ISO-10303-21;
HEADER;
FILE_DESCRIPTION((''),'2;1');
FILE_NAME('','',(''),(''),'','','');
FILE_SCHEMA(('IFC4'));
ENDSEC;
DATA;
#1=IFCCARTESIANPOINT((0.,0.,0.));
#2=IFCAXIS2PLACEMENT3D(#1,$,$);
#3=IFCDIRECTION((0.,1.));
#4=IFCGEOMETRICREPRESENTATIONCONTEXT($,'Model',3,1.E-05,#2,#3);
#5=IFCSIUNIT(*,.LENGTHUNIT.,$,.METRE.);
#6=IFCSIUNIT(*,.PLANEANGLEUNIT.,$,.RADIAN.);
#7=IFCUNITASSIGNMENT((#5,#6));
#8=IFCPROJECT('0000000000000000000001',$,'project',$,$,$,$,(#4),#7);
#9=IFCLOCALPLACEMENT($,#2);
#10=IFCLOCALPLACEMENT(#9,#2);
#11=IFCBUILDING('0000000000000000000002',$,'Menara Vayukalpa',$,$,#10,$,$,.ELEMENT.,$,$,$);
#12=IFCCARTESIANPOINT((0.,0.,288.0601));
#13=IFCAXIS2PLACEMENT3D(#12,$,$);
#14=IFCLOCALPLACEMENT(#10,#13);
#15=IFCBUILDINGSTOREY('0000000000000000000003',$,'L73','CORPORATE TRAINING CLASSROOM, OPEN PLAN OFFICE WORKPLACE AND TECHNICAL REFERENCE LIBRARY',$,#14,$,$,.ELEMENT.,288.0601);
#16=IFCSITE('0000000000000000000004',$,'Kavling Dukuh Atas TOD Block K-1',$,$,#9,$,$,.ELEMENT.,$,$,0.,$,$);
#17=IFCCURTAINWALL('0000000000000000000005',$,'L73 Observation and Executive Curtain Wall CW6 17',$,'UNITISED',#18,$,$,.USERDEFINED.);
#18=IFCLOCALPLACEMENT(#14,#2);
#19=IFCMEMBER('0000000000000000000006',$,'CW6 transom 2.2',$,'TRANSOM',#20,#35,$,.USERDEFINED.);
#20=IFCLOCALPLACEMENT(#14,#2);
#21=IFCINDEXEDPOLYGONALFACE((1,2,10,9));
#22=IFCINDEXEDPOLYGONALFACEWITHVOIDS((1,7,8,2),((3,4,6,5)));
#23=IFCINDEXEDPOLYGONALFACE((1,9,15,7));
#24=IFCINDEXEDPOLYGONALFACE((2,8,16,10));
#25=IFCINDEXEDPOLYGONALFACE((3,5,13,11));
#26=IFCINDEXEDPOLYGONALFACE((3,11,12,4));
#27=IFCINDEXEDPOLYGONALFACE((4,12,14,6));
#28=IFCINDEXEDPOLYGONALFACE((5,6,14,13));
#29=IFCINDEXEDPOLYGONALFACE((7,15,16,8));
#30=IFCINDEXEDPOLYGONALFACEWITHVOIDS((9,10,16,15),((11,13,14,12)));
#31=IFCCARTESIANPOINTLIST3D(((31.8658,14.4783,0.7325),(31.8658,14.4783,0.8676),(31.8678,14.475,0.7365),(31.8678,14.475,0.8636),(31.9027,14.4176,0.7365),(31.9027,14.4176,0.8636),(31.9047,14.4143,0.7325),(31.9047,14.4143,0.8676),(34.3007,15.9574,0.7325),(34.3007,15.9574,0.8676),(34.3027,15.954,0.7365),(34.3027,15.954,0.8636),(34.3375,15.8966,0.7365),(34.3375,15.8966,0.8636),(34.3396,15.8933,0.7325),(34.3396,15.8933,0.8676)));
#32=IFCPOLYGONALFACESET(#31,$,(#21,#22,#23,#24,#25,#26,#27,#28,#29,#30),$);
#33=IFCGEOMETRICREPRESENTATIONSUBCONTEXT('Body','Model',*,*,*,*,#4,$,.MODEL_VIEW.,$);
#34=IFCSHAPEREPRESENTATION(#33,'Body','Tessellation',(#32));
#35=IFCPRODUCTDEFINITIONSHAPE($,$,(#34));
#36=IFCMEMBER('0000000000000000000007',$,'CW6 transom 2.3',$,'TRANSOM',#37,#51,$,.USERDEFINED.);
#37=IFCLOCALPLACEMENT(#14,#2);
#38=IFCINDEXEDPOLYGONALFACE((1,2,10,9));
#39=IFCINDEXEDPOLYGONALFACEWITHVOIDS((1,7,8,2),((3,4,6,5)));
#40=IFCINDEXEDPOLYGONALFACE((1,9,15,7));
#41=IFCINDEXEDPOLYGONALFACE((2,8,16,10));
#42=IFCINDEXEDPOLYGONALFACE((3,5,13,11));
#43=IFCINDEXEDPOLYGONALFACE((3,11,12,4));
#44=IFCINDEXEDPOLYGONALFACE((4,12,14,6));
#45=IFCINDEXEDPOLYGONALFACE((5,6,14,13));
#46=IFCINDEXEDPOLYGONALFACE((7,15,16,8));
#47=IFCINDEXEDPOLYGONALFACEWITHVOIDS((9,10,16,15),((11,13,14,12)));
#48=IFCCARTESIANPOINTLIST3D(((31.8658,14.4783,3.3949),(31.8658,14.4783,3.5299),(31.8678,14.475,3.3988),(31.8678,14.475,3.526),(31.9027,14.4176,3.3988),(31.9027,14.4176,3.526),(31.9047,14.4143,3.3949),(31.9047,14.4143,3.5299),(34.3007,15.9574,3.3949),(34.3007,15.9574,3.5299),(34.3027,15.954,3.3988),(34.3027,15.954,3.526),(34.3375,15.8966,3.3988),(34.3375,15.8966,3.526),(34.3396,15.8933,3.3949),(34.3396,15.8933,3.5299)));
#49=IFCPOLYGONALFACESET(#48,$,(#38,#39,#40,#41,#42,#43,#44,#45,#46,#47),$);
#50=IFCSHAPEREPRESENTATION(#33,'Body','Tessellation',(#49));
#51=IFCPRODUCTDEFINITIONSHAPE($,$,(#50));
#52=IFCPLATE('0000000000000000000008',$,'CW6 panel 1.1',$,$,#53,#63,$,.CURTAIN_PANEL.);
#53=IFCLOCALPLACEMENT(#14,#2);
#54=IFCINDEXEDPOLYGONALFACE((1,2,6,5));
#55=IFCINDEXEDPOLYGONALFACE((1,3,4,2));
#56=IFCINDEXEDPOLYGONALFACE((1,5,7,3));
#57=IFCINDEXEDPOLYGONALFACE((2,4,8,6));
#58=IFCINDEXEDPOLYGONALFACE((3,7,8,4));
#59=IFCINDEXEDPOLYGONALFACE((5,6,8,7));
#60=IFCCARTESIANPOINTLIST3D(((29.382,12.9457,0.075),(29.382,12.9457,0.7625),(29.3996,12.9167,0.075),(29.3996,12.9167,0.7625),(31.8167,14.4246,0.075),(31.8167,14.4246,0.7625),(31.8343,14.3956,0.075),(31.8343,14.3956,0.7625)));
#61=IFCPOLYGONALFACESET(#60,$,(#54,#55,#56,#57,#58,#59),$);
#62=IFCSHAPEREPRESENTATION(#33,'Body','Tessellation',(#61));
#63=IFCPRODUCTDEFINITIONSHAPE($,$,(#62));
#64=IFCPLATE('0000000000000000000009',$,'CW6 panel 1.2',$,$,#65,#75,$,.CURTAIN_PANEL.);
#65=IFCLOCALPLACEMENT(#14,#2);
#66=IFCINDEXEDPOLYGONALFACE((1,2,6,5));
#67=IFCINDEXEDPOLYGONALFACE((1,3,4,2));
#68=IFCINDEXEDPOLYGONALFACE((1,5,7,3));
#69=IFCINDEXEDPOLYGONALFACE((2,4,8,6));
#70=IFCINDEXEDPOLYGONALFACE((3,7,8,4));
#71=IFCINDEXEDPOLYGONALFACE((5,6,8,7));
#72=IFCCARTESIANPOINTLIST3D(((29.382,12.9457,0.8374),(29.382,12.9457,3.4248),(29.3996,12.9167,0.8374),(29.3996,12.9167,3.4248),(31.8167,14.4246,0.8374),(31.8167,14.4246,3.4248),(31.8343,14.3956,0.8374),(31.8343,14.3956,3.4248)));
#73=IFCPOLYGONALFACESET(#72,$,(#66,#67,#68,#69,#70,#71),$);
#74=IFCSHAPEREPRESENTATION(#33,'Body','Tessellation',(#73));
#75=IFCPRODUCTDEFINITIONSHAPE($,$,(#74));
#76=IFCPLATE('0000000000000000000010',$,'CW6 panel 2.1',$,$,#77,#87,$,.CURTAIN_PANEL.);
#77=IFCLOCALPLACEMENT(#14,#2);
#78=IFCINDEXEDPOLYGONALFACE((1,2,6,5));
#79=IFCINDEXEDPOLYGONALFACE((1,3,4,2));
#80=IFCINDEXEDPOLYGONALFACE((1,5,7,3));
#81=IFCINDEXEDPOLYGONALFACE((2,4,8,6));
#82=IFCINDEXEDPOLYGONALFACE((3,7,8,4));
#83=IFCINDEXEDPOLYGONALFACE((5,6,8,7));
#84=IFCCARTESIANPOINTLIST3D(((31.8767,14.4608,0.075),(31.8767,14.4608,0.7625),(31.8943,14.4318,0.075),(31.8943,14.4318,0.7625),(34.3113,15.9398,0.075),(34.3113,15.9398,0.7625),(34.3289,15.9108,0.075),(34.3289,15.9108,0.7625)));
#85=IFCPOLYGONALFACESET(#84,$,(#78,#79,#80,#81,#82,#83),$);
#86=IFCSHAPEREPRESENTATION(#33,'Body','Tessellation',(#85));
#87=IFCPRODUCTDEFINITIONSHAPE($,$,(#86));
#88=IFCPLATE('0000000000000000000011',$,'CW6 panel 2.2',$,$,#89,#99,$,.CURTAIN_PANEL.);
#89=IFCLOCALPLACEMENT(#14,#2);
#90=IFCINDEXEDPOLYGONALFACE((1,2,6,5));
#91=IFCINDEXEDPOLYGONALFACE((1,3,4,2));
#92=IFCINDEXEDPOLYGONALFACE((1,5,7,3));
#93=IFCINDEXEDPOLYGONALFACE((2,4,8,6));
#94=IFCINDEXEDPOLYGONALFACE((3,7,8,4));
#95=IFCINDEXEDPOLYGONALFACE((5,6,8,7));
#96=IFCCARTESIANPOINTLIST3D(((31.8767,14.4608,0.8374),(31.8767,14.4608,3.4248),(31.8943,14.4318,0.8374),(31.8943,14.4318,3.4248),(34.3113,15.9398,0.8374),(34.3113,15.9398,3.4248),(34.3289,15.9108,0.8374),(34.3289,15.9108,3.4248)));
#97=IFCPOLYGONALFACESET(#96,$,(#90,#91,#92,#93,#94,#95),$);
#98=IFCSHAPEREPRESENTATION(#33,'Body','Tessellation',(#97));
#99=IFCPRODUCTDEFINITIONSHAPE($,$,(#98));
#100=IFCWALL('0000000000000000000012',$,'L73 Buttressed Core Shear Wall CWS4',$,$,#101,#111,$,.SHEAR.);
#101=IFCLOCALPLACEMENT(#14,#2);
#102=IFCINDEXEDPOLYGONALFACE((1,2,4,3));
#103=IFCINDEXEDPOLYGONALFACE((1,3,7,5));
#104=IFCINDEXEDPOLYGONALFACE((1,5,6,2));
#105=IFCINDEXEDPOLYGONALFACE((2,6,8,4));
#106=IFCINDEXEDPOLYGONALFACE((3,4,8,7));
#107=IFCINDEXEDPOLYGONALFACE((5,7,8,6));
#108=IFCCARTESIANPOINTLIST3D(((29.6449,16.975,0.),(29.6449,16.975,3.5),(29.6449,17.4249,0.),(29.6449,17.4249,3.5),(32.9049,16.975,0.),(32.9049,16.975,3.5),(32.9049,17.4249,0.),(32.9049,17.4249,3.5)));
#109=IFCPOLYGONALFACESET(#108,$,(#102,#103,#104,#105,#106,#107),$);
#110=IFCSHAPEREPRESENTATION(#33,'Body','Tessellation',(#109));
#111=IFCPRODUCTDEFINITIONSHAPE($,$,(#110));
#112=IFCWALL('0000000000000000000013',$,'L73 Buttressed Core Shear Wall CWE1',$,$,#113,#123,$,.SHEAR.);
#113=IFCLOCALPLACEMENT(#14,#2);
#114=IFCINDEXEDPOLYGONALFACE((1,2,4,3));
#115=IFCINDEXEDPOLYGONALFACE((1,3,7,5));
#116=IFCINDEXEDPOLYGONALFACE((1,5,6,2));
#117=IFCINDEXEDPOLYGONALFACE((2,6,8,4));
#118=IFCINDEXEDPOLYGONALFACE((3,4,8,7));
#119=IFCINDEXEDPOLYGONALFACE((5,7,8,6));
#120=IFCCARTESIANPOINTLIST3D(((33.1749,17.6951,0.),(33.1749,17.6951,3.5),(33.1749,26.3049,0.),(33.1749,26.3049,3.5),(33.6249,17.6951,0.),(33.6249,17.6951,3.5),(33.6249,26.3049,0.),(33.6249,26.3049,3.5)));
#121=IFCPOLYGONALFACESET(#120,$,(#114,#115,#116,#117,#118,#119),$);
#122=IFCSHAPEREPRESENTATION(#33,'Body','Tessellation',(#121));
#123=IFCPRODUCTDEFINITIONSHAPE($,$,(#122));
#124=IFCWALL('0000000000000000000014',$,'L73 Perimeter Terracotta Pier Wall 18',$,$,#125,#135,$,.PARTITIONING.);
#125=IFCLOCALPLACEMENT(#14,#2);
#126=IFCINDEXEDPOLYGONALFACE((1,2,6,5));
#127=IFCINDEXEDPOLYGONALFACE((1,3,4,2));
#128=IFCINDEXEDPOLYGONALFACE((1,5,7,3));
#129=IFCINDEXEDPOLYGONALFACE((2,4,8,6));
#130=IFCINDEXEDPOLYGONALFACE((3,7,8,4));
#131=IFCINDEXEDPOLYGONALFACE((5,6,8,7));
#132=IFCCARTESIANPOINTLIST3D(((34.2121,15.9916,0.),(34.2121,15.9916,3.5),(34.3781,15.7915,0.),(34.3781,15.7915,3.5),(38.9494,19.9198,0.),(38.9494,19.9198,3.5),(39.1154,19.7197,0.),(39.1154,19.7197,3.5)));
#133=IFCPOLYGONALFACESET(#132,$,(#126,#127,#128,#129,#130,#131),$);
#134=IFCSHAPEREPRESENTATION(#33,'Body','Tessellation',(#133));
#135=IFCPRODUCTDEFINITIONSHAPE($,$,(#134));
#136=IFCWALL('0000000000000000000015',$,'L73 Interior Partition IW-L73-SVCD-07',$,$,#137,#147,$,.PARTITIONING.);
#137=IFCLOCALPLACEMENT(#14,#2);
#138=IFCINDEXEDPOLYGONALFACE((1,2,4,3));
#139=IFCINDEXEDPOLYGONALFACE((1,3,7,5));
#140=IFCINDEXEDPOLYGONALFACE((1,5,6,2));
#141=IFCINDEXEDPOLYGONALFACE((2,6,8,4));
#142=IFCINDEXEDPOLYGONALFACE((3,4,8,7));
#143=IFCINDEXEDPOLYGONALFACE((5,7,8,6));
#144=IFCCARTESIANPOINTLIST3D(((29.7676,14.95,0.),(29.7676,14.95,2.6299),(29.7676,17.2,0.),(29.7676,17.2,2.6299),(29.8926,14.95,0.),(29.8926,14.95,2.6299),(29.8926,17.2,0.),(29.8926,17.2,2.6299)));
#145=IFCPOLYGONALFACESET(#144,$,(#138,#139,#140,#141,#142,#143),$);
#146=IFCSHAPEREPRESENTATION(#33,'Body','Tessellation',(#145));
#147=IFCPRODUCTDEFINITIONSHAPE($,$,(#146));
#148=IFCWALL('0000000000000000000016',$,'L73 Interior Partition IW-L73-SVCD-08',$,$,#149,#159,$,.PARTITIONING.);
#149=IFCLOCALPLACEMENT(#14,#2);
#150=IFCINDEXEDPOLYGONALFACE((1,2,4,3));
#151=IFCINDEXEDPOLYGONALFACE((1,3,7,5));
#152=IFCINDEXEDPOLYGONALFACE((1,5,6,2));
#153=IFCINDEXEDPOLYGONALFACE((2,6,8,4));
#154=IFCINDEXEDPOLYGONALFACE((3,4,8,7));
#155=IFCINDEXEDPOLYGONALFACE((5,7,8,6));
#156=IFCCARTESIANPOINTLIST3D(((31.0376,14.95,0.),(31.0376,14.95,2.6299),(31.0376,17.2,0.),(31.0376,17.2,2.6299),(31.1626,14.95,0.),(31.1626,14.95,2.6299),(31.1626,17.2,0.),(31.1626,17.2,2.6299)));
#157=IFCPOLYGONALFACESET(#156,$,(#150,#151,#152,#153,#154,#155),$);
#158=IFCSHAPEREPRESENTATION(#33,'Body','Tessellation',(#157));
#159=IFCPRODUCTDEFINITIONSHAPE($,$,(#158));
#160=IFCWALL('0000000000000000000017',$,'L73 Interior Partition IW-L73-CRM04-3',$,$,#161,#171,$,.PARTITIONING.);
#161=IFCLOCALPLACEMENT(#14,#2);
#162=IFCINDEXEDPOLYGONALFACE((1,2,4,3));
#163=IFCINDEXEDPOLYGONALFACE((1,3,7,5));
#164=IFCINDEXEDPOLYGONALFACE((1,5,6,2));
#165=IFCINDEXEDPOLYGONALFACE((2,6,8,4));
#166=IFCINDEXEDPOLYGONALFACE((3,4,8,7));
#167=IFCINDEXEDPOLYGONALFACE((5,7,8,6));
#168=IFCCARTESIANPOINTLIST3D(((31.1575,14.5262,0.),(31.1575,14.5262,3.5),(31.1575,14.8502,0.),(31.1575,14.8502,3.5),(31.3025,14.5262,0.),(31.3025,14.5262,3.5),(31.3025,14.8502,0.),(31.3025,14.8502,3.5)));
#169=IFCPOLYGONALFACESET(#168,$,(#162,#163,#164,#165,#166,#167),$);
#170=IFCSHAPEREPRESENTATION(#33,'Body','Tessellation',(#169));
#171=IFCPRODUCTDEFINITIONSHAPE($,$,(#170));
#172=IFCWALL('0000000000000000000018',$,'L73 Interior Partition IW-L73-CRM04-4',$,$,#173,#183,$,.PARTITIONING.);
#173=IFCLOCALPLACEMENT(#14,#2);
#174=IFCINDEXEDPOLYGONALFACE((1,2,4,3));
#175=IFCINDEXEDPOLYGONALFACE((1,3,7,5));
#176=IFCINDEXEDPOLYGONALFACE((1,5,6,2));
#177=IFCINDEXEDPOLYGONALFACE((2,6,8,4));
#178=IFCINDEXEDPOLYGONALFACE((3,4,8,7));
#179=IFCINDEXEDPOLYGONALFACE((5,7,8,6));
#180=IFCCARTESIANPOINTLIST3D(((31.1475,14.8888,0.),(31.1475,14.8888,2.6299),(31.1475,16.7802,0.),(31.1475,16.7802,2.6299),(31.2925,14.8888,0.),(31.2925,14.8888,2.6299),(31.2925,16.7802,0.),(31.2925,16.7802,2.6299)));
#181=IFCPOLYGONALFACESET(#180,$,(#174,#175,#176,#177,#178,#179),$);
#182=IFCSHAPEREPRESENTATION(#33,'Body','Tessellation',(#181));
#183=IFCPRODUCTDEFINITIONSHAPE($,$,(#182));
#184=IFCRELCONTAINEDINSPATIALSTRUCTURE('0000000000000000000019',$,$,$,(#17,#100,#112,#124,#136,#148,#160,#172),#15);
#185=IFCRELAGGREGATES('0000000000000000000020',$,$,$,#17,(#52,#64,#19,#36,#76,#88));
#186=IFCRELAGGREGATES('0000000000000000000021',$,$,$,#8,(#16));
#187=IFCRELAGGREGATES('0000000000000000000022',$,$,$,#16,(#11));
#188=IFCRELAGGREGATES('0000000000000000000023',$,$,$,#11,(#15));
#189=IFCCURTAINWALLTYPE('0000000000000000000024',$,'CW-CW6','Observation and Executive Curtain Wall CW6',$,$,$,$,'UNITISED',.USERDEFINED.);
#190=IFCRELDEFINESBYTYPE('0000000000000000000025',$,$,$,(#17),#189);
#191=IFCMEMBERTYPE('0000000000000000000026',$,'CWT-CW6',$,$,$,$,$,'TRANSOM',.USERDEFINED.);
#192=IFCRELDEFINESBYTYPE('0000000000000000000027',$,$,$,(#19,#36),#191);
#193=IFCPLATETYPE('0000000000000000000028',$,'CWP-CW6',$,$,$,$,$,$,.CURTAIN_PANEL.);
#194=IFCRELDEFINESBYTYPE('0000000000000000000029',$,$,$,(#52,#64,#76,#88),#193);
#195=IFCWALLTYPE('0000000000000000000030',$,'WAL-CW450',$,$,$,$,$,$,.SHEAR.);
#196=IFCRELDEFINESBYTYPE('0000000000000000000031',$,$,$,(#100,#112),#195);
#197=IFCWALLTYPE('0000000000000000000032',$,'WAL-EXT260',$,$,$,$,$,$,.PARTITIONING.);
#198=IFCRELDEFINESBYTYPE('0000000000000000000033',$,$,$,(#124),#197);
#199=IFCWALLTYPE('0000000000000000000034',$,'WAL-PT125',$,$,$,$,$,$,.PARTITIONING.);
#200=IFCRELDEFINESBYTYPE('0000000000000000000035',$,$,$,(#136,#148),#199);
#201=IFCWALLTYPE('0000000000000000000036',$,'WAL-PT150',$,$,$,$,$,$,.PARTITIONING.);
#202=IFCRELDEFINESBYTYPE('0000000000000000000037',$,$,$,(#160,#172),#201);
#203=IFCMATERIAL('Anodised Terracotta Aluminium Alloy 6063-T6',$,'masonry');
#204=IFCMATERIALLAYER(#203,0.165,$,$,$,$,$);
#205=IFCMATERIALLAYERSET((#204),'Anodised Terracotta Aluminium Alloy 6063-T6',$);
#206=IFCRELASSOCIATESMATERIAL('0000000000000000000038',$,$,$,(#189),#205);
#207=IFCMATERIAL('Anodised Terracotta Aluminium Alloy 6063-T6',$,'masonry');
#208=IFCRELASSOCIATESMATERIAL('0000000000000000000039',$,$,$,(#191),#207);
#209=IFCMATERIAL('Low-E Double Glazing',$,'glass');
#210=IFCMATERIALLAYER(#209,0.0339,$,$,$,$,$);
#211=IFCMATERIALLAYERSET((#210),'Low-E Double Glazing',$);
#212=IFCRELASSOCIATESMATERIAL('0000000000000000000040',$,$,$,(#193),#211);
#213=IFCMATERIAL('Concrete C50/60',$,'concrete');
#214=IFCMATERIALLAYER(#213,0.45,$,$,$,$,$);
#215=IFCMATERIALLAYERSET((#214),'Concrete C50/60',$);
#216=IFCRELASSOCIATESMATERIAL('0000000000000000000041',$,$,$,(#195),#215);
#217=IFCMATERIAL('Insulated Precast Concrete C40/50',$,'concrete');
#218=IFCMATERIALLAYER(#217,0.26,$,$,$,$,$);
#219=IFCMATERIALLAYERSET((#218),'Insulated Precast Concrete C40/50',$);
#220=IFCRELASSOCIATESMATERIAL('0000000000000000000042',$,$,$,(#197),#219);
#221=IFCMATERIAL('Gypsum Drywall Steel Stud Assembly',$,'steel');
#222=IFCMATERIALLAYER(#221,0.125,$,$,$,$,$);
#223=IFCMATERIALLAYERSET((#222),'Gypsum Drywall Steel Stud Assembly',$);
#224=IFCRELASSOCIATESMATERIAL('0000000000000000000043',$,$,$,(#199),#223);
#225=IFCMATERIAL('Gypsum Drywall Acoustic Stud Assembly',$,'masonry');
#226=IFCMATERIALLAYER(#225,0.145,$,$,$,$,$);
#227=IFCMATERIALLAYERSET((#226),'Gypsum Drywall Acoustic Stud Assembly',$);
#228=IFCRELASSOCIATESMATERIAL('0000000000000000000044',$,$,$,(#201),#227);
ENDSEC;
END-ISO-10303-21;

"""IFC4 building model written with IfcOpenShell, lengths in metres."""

from ifc_helpers import new_model, si_unit, direction, frame, frame_2d, origin, origin_2d, place, context, subcontext, project, spatial, rectangle, hollow_rectangle, extrude, material, layer, layer_set, material_profile, profile_set, type_object, element, aggregate, save


model = new_model("IFC4")

# Units and contexts
model_context = context("Model", 3, precision=1e-05, world=origin(), true_north=direction((0.0, 1.0)))
body_context = subcontext(model_context, "Body", "Model", "MODEL_VIEW")
ifc_project = project(units=[si_unit("LENGTHUNIT", "METRE"), si_unit("PLANEANGLEUNIT", "RADIAN")], contexts=[model_context])

# Site, building, storey
site_placement = place(None, origin())
site = spatial("IfcSite", under=ifc_project, at=site_placement, Name="Kavling Dukuh Atas TOD Block K-1", CompositionType="ELEMENT", RefElevation=0.0)
building_placement = place(site_placement, origin())
building = spatial("IfcBuilding", under=site, at=building_placement, Name="Menara Vayukalpa", CompositionType="ELEMENT")
storey_placement = place(building_placement, frame((0.0, 0.0, 288.0601)))
storey = spatial("IfcBuildingStorey", under=building, at=storey_placement, Name="L73", Description="CORPORATE TRAINING CLASSROOM, OPEN PLAN OFFICE WORKPLACE AND TECHNICAL REFERENCE LIBRARY", CompositionType="ELEMENT", Elevation=288.0601)

# Curtain wall, members, plates
ifc_material_1 = material(Name="Anodised Terracotta Aluminium Alloy 6063-T6", Category="masonry")
ifc_layer_1 = layer(ifc_material_1, 0.165)
ifc_layer_set_1 = layer_set([ifc_layer_1], Name="Anodised Terracotta Aluminium Alloy 6063-T6")
curtain_wall_type = type_object("IfcCurtainWallType", Name="CW-CW6", Description="Observation and Executive Curtain Wall CW6", ElementType="UNITISED", PredefinedType="USERDEFINED", material=ifc_layer_set_1)
curtain_wall_placement = place(storey_placement, origin())
curtain_wall = element("IfcCurtainWall", 1, at=curtain_wall_placement, inside=storey, type_object=curtain_wall_type, Name="L73 Observation and Executive Curtain Wall CW6 17", ObjectType="UNITISED", PredefinedType="USERDEFINED")
ifc_material_2 = material(Name="Anodised Terracotta Aluminium Alloy 6063-T6", Category="masonry")
ifc_material_profile_1 = material_profile(ifc_material_2, hollow_rectangle(XDim=0.075, YDim=0.135, WallThickness=0.0039, at=origin_2d()), Name="ALU 75x135x4")
ifc_profile_set_1 = profile_set([ifc_material_profile_1], Name="Anodised Terracotta Aluminium Alloy 6063-T6")
member_type_1 = type_object("IfcMemberType", Name="CWT-CW6", ElementType="TRANSOM", PredefinedType="USERDEFINED", material=ifc_profile_set_1)
member_1_placement = place(storey_placement, frame((31.8853, 14.4463, 0.8), z_axis=(0.854675, 0.519164, 0.0), x_axis=(-0.519164, 0.854675, 0.0)))
member_1 = element("IfcMember", 2, at=member_1_placement, type_object=member_type_1, Name="CW6 transom 2.2", ObjectType="TRANSOM", PredefinedType="USERDEFINED", context=body_context, shape_type="SweptSolid", body=[
    extrude(hollow_rectangle(XDim=0.075, YDim=0.135, WallThickness=0.0039, at=origin_2d()), origin(), (0.0, 0.0, 1.0), 2.8489),
])
member_2_placement = place(storey_placement, frame((31.8853, 14.4463, 3.4624), z_axis=(0.854675, 0.519164, 0.0), x_axis=(-0.519164, 0.854675, 0.0)))
member_2 = element("IfcMember", 3, at=member_2_placement, type_object=member_type_1, Name="CW6 transom 2.3", ObjectType="TRANSOM", PredefinedType="USERDEFINED", context=body_context, shape_type="SweptSolid", body=[
    extrude(hollow_rectangle(XDim=0.075, YDim=0.135, WallThickness=0.0039, at=origin_2d()), origin(), (0.0, 0.0, 1.0), 2.8489),
])
ifc_material_3 = material(Name="Low-E Double Glazing", Category="glass")
ifc_layer_2 = layer(ifc_material_3, 0.0339)
ifc_layer_set_2 = layer_set([ifc_layer_2], Name="Low-E Double Glazing")
plate_type = type_object("IfcPlateType", Name="CWP-CW6", PredefinedType="CURTAIN_PANEL", material=ifc_layer_set_2)
plate_1_placement = place(storey_placement, frame((30.6082, 13.6707, 0.075), z_axis=(0.0, 0.0, 1.0), x_axis=(0.854668, 0.519176, 0.0)))
plate_1 = element("IfcPlate", 4, at=plate_1_placement, type_object=plate_type, Name="CW6 panel 1.1", PredefinedType="CURTAIN_PANEL", context=body_context, shape_type="SweptSolid", body=[
    extrude(rectangle(XDim=2.8486, YDim=0.0339, at=origin_2d()), origin(), (0.0, 0.0, 1.0), 0.6875),
])
plate_2_placement = place(storey_placement, frame((30.6082, 13.6707, 0.8374), z_axis=(0.0, 0.0, 1.0), x_axis=(0.854668, 0.519176, 0.0)))
plate_2 = element("IfcPlate", 5, at=plate_2_placement, type_object=plate_type, Name="CW6 panel 1.2", PredefinedType="CURTAIN_PANEL", context=body_context, shape_type="SweptSolid", body=[
    extrude(rectangle(XDim=2.8486, YDim=0.0339, at=origin_2d()), origin(), (0.0, 0.0, 1.0), 2.5874),
])
plate_3_placement = place(storey_placement, frame((33.1028, 15.1858, 0.075), z_axis=(0.0, 0.0, 1.0), x_axis=(0.854668, 0.519176, 0.0)))
plate_3 = element("IfcPlate", 6, at=plate_3_placement, type_object=plate_type, Name="CW6 panel 2.1", PredefinedType="CURTAIN_PANEL", context=body_context, shape_type="SweptSolid", body=[
    extrude(rectangle(XDim=2.8486, YDim=0.0339, at=origin_2d()), origin(), (0.0, 0.0, 1.0), 0.6875),
])
plate_4_placement = place(storey_placement, frame((33.1028, 15.1858, 0.8374), z_axis=(0.0, 0.0, 1.0), x_axis=(0.854668, 0.519176, 0.0)))
plate_4 = element("IfcPlate", 7, at=plate_4_placement, type_object=plate_type, Name="CW6 panel 2.2", PredefinedType="CURTAIN_PANEL", context=body_context, shape_type="SweptSolid", body=[
    extrude(rectangle(XDim=2.8486, YDim=0.0339, at=origin_2d()), origin(), (0.0, 0.0, 1.0), 2.5874),
])
aggregate(curtain_wall, [plate_1, plate_2, member_1, member_2, plate_3, plate_4])

# Walls
ifc_material_4 = material(Name="Concrete C50/60", Category="concrete")
ifc_layer_3 = layer(ifc_material_4, 0.45)
ifc_layer_set_3 = layer_set([ifc_layer_3], Name="Concrete C50/60")
wall_type_1 = type_object("IfcWallType", Name="WAL-CW450", PredefinedType="SHEAR", material=ifc_layer_set_3)
wall_1_placement = place(storey_placement, frame((29.645, 17.2, 0.0), z_axis=(0.0, 0.0, 1.0), x_axis=(1.0, 0.0, 0.0)))
element("IfcWall", 8, at=wall_1_placement, inside=storey, type_object=wall_type_1, Name="L73 Buttressed Core Shear Wall CWS4", PredefinedType="SHEAR", context=body_context, shape_type="SweptSolid", body=[
    extrude(rectangle(XDim=3.26, YDim=0.45, at=frame_2d((1.6299, 0.0))), origin(), (0.0, 0.0, 1.0), 3.5),
])
wall_2_placement = place(storey_placement, frame((33.3999, 17.6951, 0.0), z_axis=(0.0, 0.0, 1.0), x_axis=(0.0, 1.0, 0.0)))
element("IfcWall", 9, at=wall_2_placement, inside=storey, type_object=wall_type_1, Name="L73 Buttressed Core Shear Wall CWE1", PredefinedType="SHEAR", context=body_context, shape_type="SweptSolid", body=[
    extrude(rectangle(XDim=8.6099, YDim=0.45, at=frame_2d((4.3049, 0.0))), origin(), (0.0, 0.0, 1.0), 3.5),
])
ifc_material_5 = material(Name="Insulated Precast Concrete C40/50", Category="concrete")
ifc_layer_4 = layer(ifc_material_5, 0.26)
ifc_layer_set_4 = layer_set([ifc_layer_4], Name="Insulated Precast Concrete C40/50")
wall_type_2 = type_object("IfcWallType", Name="WAL-EXT260", PredefinedType="PARTITIONING", material=ifc_layer_set_4)
wall_3_placement = place(storey_placement, frame((39.0325, 19.8198, 0.0), z_axis=(0.0, 0.0, 1.0), x_axis=(-0.76978, -0.638309, 0.0)))
element("IfcWall", 10, at=wall_3_placement, inside=storey, type_object=wall_type_2, Name="L73 Perimeter Terracotta Pier Wall 18", PredefinedType="PARTITIONING", context=body_context, shape_type="SweptSolid", body=[
    extrude(rectangle(XDim=6.1541, YDim=0.26, at=frame_2d((3.0771, 0.0))), origin(), (0.0, 0.0, 1.0), 3.5),
])
ifc_material_6 = material(Name="Gypsum Drywall Steel Stud Assembly", Category="steel")
ifc_layer_5 = layer(ifc_material_6, 0.125)
ifc_layer_set_5 = layer_set([ifc_layer_5], Name="Gypsum Drywall Steel Stud Assembly")
wall_type_3 = type_object("IfcWallType", Name="WAL-PT125", PredefinedType="PARTITIONING", material=ifc_layer_set_5)
for number, where, z_axis, x_axis, name in (
    (11, (29.8301, 14.95, 0.0), (0.0, 0.0, 1.0), (0.0, 1.0, 0.0), "L73 Interior Partition IW-L73-SVCD-07"),
    (12, (31.1001, 14.95, 0.0), (0.0, 0.0, 1.0), (0.0, 1.0, 0.0), "L73 Interior Partition IW-L73-SVCD-08"),
):
    element("IfcWall", number, at=place(storey_placement, frame(where, z_axis=z_axis, x_axis=x_axis)), inside=storey, type_object=wall_type_3, Name=name, PredefinedType="PARTITIONING", context=body_context, shape_type="SweptSolid", body=[
        extrude(rectangle(XDim=2.25, YDim=0.125, at=frame_2d((1.125, 0.0))), origin(), (0.0, 0.0, 1.0), 2.6299),
    ])
ifc_material_7 = material(Name="Gypsum Drywall Acoustic Stud Assembly", Category="masonry")
ifc_layer_6 = layer(ifc_material_7, 0.145)
ifc_layer_set_6 = layer_set([ifc_layer_6], Name="Gypsum Drywall Acoustic Stud Assembly")
wall_type_4 = type_object("IfcWallType", Name="WAL-PT150", PredefinedType="PARTITIONING", material=ifc_layer_set_6)
wall_4_placement = place(storey_placement, frame((31.23, 14.5261, 0.0), z_axis=(0.0, 0.0, 1.0), x_axis=(0.0, 1.0, 0.0)))
element("IfcWall", 13, at=wall_4_placement, inside=storey, type_object=wall_type_4, Name="L73 Interior Partition IW-L73-CRM04-3", PredefinedType="PARTITIONING", context=body_context, shape_type="SweptSolid", body=[
    extrude(rectangle(XDim=0.324, YDim=0.145, at=frame_2d((0.1621, 0.0))), origin(), (0.0, 0.0, 1.0), 3.5),
])
wall_5_placement = place(storey_placement, frame((31.22, 14.8887, 0.0), z_axis=(0.0, 0.0, 1.0), x_axis=(0.0, 1.0, 0.0)))
element("IfcWall", 14, at=wall_5_placement, inside=storey, type_object=wall_type_4, Name="L73 Interior Partition IW-L73-CRM04-4", PredefinedType="PARTITIONING", context=body_context, shape_type="SweptSolid", body=[
    extrude(rectangle(XDim=1.8914, YDim=0.145, at=frame_2d((0.9458, 0.0))), origin(), (0.0, 0.0, 1.0), 2.6299),
])

save(model, "model.ifc")
